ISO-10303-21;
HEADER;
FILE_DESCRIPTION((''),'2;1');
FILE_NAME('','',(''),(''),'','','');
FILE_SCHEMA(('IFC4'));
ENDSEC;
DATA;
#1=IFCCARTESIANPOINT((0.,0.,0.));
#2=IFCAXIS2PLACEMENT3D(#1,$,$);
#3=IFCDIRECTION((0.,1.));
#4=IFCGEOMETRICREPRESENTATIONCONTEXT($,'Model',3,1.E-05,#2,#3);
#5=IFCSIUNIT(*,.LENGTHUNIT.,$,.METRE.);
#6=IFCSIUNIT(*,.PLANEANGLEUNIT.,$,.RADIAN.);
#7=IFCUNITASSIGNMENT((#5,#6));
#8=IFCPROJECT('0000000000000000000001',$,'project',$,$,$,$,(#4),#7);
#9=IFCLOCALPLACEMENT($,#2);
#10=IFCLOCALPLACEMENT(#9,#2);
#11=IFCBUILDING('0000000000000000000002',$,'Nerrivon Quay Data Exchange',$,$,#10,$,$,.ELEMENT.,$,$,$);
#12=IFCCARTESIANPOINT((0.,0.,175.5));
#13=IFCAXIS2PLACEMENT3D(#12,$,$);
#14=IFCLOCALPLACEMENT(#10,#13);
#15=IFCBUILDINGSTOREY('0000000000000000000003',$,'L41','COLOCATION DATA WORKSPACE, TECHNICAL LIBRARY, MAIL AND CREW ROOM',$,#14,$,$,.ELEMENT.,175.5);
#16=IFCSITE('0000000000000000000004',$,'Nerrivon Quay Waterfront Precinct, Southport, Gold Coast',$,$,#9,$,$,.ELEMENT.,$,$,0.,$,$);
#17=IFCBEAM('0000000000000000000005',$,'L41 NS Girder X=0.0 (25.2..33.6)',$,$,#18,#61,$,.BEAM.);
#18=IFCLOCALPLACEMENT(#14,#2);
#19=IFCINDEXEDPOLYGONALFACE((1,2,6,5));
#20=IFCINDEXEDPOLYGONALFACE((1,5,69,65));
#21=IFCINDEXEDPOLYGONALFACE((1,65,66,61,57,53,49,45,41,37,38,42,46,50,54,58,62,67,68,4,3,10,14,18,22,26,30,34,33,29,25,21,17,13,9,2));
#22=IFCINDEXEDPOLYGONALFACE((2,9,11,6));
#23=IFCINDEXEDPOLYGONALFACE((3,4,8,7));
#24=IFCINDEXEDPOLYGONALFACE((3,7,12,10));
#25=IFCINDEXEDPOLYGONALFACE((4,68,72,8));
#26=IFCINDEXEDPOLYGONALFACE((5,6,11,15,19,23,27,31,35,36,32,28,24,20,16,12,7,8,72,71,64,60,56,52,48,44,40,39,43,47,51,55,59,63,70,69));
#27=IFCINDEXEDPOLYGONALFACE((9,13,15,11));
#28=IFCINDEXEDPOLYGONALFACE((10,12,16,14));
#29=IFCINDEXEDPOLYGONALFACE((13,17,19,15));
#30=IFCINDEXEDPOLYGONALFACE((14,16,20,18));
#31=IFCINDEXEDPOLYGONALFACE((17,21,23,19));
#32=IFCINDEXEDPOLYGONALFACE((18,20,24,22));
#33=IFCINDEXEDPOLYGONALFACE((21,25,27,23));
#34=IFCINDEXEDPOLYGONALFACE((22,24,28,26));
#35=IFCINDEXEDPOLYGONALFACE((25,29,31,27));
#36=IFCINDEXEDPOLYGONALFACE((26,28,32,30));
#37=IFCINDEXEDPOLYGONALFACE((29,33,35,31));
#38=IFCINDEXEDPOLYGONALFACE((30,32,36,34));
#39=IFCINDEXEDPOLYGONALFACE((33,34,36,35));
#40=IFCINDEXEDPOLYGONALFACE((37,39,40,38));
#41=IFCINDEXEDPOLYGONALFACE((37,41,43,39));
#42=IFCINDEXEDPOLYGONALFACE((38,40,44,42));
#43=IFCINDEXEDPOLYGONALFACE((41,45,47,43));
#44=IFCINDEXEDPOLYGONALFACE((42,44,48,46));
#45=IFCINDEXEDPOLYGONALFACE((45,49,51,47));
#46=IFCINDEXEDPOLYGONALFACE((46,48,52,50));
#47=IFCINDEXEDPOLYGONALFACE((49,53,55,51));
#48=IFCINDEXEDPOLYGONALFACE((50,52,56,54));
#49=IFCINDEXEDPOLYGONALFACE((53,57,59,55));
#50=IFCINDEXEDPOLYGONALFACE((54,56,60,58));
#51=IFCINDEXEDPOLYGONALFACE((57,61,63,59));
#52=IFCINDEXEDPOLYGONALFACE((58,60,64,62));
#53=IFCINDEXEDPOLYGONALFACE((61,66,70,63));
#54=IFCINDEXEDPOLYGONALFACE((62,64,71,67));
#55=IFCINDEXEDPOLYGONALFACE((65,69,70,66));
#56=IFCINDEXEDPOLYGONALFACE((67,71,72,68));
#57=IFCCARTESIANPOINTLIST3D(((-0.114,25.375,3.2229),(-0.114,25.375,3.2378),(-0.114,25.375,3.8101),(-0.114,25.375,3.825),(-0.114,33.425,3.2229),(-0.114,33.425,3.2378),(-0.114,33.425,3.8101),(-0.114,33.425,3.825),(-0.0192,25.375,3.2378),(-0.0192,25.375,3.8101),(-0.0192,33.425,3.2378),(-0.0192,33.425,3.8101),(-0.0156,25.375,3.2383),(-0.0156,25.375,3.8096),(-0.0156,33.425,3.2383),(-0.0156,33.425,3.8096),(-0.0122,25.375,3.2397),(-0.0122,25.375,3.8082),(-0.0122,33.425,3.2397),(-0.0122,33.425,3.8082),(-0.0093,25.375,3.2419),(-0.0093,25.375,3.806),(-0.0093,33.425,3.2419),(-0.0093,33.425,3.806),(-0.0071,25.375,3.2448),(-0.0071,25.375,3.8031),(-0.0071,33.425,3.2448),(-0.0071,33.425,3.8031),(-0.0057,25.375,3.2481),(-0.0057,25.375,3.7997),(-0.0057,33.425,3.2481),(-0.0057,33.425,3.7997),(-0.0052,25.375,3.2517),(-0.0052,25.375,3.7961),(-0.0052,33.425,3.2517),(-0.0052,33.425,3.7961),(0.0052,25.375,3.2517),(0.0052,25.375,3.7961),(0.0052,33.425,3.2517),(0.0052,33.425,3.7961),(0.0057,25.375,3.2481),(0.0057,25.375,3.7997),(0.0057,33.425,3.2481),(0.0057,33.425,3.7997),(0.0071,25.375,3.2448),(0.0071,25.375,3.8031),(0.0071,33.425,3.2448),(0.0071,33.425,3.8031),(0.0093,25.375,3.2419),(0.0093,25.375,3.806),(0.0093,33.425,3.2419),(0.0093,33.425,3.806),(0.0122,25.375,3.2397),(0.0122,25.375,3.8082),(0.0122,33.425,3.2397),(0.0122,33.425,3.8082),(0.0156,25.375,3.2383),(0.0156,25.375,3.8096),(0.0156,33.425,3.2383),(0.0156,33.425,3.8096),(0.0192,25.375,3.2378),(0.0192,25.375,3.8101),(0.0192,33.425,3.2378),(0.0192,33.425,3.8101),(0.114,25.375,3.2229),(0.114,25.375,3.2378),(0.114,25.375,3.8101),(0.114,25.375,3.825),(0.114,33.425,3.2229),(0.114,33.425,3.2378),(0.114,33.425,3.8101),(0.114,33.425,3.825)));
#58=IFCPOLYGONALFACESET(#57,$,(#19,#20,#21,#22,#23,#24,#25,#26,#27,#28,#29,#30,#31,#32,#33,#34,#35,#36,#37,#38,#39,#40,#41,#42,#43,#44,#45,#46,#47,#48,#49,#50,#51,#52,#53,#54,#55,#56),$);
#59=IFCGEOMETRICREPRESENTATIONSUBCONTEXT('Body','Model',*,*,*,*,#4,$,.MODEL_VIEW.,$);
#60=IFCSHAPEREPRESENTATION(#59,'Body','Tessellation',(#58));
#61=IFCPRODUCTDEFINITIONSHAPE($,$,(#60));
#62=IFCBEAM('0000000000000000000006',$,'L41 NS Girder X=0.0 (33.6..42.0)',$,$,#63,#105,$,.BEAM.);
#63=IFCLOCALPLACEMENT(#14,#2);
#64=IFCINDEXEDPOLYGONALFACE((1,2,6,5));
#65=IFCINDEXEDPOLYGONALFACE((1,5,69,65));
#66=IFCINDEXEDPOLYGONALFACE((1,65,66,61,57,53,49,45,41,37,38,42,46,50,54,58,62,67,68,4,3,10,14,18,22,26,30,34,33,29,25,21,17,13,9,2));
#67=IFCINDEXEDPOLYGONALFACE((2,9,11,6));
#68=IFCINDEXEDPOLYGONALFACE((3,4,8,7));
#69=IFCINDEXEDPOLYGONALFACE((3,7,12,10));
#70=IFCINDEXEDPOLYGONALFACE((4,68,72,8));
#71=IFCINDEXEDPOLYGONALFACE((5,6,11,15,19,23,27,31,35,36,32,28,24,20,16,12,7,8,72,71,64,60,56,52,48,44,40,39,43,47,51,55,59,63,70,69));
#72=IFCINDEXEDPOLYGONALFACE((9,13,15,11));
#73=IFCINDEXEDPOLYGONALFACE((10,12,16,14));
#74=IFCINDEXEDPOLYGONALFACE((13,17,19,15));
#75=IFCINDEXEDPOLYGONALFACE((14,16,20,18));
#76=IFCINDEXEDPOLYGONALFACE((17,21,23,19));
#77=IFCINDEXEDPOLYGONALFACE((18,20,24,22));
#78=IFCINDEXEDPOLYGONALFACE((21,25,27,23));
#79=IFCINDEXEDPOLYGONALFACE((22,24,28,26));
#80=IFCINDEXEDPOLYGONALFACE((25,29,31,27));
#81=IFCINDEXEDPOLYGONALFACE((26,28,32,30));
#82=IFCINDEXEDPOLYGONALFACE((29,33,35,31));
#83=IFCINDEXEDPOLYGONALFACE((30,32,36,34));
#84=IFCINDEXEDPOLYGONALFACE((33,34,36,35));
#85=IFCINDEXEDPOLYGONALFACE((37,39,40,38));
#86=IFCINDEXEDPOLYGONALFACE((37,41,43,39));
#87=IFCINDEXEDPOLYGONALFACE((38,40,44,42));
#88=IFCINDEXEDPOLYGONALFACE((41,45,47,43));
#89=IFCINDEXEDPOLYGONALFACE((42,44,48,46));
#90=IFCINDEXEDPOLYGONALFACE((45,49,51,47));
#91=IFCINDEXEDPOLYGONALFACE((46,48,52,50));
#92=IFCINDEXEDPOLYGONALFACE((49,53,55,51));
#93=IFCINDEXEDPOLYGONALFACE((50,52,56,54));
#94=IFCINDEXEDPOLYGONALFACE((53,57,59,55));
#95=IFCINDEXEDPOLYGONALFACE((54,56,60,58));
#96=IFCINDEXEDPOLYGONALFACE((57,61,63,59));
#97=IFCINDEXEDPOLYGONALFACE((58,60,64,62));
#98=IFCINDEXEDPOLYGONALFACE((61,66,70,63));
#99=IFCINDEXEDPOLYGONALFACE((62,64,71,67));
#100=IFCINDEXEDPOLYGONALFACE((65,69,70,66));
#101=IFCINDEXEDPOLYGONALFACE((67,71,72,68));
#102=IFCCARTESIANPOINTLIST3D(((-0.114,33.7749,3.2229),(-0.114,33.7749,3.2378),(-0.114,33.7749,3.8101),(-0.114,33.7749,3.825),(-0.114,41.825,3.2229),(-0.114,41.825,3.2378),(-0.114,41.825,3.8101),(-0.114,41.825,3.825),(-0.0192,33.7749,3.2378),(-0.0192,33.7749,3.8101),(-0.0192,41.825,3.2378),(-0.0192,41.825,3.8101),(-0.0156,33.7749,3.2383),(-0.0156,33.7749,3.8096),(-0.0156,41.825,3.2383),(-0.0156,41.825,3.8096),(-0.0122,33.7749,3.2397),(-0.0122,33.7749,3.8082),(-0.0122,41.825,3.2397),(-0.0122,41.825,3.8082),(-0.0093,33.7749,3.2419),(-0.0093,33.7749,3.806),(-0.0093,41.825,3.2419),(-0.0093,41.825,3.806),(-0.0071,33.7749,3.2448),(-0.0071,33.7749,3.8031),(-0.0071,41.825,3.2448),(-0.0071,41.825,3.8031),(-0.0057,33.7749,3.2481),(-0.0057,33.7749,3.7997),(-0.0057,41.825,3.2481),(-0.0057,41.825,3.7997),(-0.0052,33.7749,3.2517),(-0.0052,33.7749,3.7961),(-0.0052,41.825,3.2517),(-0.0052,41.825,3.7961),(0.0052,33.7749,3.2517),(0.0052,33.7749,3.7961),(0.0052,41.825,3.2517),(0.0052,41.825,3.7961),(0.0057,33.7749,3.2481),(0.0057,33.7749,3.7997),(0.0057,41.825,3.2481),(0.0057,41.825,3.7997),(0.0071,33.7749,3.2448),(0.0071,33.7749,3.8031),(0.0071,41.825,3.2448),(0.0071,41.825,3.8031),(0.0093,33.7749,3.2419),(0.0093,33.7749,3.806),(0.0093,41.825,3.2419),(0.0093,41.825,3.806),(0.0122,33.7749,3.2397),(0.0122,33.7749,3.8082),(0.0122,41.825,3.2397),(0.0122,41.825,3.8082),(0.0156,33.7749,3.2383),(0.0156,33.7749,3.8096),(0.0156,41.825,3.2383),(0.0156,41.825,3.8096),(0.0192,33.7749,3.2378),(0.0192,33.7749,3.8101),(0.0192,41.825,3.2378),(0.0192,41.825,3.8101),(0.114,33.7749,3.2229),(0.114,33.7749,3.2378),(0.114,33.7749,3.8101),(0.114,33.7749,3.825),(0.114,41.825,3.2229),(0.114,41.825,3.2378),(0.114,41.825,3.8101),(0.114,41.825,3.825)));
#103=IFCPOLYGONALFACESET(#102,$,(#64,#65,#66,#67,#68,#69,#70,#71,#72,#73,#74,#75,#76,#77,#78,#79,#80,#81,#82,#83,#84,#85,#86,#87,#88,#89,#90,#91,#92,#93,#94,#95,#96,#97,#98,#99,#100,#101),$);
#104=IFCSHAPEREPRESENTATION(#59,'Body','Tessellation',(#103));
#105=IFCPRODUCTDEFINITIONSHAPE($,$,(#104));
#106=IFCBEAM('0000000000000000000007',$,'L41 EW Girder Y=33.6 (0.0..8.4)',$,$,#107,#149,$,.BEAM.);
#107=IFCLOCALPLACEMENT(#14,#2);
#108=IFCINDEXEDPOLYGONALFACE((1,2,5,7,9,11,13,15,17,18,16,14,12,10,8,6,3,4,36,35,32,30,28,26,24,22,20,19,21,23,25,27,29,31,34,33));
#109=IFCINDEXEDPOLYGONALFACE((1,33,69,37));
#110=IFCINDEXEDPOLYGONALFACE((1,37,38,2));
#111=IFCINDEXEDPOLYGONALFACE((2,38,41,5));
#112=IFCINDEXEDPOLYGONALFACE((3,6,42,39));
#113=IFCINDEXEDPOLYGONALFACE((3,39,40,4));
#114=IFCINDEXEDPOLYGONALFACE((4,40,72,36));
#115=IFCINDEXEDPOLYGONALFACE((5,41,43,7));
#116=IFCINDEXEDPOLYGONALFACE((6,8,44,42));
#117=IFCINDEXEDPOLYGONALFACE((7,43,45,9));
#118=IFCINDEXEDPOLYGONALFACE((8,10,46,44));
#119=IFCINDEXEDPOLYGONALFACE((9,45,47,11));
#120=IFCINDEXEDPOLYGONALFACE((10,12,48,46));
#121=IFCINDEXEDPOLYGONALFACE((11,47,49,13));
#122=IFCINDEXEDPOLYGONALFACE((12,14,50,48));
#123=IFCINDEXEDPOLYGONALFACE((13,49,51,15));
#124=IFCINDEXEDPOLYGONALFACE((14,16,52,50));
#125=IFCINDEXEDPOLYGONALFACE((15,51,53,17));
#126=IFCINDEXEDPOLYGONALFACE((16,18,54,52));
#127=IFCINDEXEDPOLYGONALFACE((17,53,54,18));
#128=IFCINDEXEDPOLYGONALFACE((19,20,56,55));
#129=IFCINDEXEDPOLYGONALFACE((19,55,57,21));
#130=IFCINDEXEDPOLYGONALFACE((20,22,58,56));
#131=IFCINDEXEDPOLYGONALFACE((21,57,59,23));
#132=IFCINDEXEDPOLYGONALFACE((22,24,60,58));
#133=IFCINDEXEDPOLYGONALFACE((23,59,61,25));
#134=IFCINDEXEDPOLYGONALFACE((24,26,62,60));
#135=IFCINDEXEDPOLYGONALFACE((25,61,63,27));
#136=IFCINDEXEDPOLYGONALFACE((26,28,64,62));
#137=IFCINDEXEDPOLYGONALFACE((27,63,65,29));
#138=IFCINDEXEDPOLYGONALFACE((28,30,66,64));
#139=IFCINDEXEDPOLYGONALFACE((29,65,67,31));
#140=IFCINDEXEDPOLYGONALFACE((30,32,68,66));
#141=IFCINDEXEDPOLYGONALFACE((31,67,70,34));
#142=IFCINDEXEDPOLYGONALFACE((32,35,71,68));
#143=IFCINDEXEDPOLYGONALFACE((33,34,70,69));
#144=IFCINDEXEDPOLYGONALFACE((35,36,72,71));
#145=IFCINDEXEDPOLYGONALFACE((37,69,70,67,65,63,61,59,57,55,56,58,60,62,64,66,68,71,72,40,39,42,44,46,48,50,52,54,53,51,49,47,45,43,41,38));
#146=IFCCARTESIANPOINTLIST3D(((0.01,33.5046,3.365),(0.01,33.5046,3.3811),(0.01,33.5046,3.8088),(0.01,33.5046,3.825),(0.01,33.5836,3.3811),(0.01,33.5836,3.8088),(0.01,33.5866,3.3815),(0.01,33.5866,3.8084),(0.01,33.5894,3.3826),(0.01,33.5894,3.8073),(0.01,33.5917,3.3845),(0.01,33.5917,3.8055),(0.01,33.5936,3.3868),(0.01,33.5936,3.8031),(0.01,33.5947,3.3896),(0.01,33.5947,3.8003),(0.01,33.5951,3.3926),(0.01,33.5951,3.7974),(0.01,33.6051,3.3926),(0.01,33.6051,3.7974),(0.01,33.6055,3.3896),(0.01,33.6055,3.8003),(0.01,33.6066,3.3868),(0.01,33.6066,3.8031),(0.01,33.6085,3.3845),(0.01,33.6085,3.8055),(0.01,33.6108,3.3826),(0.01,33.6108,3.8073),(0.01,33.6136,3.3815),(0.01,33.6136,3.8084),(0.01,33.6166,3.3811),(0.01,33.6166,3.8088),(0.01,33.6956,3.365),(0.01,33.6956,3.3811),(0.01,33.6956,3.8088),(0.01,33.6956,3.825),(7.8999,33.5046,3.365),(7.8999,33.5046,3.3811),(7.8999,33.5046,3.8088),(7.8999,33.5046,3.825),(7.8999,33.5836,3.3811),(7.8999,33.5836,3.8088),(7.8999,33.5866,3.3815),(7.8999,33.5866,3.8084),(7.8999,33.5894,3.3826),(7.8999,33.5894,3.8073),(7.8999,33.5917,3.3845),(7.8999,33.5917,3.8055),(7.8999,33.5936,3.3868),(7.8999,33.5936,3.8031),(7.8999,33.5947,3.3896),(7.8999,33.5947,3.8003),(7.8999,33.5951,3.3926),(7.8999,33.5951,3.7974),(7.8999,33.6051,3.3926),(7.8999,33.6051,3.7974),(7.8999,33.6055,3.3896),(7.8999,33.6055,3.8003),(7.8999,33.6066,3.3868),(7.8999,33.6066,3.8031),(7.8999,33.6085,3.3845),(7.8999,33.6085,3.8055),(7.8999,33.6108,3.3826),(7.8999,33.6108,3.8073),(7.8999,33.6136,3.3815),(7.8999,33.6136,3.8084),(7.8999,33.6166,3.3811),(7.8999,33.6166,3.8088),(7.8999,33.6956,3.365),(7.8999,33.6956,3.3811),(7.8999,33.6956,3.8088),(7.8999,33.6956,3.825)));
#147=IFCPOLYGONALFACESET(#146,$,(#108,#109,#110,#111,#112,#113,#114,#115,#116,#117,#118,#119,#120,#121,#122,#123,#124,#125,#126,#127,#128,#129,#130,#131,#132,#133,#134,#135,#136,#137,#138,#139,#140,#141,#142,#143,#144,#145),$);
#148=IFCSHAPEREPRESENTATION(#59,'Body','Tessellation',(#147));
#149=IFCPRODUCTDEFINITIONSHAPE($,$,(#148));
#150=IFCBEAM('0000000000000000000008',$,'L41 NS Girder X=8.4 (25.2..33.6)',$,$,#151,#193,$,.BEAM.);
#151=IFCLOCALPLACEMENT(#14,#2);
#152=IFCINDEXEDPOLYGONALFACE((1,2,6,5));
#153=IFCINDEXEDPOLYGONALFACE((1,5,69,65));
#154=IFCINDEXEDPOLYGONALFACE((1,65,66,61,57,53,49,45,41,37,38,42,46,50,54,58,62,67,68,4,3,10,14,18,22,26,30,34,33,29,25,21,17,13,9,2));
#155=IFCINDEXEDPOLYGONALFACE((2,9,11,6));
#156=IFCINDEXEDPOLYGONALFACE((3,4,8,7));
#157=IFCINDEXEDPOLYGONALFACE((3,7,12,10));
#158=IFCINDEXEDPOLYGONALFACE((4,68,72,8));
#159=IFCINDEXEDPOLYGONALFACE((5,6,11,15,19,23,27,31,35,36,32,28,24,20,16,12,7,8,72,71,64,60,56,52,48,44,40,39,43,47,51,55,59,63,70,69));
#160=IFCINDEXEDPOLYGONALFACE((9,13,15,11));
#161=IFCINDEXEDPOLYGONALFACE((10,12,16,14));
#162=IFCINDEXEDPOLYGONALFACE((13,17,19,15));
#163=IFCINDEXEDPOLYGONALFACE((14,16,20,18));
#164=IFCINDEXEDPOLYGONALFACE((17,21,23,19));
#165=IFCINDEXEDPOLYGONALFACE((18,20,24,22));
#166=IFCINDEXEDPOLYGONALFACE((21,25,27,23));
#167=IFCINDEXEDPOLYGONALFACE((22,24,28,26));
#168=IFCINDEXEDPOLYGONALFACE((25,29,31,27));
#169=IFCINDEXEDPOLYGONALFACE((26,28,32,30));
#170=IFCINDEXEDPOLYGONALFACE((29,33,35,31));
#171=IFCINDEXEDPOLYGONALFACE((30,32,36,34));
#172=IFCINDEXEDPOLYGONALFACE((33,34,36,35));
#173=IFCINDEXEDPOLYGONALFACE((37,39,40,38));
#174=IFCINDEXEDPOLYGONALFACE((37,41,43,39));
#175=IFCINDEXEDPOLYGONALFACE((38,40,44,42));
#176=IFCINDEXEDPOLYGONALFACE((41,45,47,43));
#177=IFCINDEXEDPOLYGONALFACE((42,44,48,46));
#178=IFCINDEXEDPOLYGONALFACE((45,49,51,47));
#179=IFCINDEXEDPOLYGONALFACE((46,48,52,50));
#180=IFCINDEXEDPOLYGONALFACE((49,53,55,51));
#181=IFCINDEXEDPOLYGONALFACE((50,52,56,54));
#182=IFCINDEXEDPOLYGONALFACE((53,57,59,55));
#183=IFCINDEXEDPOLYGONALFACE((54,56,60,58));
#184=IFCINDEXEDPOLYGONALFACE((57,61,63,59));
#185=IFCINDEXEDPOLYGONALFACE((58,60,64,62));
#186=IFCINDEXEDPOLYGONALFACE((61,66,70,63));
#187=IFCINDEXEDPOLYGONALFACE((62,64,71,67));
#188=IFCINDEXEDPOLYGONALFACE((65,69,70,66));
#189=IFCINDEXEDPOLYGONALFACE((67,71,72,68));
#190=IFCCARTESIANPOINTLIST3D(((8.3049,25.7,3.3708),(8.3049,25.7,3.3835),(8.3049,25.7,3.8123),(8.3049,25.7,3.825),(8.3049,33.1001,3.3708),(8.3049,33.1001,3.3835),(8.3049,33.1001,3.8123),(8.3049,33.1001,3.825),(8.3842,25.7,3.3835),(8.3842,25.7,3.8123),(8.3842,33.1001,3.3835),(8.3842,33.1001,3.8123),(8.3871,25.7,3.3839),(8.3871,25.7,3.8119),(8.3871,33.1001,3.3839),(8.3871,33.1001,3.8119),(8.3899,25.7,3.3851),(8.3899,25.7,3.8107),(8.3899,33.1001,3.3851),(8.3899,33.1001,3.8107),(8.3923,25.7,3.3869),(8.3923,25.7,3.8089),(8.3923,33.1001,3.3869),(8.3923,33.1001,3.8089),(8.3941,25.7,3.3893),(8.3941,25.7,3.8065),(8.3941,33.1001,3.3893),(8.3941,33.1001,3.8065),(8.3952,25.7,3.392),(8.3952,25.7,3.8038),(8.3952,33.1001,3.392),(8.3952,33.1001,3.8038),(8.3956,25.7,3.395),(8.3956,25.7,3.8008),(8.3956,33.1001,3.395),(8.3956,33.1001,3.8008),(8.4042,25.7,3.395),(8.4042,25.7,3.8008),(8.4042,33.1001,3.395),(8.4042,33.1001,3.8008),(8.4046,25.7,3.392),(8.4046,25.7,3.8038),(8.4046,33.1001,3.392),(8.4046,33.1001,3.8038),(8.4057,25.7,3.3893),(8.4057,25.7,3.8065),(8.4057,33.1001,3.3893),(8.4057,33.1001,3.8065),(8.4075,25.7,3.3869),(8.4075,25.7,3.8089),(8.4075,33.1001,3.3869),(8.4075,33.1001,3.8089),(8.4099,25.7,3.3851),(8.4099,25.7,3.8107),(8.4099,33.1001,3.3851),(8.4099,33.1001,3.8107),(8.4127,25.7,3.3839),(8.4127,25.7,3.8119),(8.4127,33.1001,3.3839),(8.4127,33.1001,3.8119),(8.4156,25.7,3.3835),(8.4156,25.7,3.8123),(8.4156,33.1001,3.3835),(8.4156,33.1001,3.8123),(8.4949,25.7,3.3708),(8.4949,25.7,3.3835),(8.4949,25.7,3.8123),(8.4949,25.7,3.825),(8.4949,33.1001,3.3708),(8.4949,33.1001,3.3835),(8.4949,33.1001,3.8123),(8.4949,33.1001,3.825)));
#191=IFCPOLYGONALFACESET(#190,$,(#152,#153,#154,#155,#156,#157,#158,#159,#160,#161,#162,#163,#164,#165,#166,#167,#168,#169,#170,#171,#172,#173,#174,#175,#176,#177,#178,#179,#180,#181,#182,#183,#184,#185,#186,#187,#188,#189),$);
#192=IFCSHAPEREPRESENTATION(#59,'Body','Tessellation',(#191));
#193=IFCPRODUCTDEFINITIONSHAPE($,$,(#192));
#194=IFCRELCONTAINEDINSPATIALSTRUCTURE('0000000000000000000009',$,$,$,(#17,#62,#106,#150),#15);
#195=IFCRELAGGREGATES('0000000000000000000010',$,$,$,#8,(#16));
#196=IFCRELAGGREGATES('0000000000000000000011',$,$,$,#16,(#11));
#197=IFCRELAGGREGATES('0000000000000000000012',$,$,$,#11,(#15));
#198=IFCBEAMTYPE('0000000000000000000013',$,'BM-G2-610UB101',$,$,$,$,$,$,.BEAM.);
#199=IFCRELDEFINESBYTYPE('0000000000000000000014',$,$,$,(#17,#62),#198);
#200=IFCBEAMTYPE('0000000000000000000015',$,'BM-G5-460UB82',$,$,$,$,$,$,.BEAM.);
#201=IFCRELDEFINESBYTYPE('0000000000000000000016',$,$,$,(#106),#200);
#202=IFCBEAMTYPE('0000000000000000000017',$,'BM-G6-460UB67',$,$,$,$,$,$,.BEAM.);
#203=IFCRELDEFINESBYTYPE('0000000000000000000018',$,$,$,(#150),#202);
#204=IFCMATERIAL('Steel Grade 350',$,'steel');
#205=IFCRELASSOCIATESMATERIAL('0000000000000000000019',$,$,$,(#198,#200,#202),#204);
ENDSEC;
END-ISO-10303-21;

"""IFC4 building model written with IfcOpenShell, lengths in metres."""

from ifc_helpers import new_model, si_unit, direction, frame, origin, origin_2d, place, context, subcontext, project, spatial, i_section, extrude, material, material_profile, profile_set, type_object, element, save


model = new_model("IFC4")

# Units and contexts
model_context = context("Model", 3, precision=1e-05, world=origin(), true_north=direction((0.0, 1.0)))
body_context = subcontext(model_context, "Body", "Model", "MODEL_VIEW")
ifc_project = project(units=[si_unit("LENGTHUNIT", "METRE"), si_unit("PLANEANGLEUNIT", "RADIAN")], contexts=[model_context])

# Site, building, storey
site_placement = place(None, origin())
site = spatial("IfcSite", under=ifc_project, at=site_placement, Name="Nerrivon Quay Waterfront Precinct, Southport, Gold Coast", CompositionType="ELEMENT", RefElevation=0.0)
building_placement = place(site_placement, origin())
building = spatial("IfcBuilding", under=site, at=building_placement, Name="Nerrivon Quay Data Exchange", CompositionType="ELEMENT")
storey_placement = place(building_placement, frame((0.0, 0.0, 175.5)))
storey = spatial("IfcBuildingStorey", under=building, at=storey_placement, Name="L41", Description="COLOCATION DATA WORKSPACE, TECHNICAL LIBRARY, MAIL AND CREW ROOM", CompositionType="ELEMENT", Elevation=175.5)

# Shared definitions
ifc_material_1 = material(Name="Steel Grade 350", Category="steel")

# Beams
ifc_material_profile_1 = material_profile(ifc_material_1, i_section(OverallWidth=0.228, OverallDepth=0.6021, WebThickness=0.0105, FlangeThickness=0.0149, FilletRadius=0.0139, at=origin_2d()), Name="610UB101")
ifc_profile_set_1 = profile_set([ifc_material_profile_1], Name="Steel Grade 350")
beam_type_1 = type_object("IfcBeamType", Name="BM-G2-610UB101", PredefinedType="BEAM", material=ifc_profile_set_1)
for number, where, z_axis, x_axis, name in (
    (1, (0.0, 25.375, 3.5239), (0.0, 1.0, 0.0), (-1.0, 0.0, 0.0), "L41 NS Girder X=0.0 (25.2..33.6)"),
    (2, (0.0, 33.7749, 3.5239), (0.0, 1.0, 0.0), (-1.0, 0.0, 0.0), "L41 NS Girder X=0.0 (33.6..42.0)"),
):
    element("IfcBeam", number, at=place(storey_placement, frame(where, z_axis=z_axis, x_axis=x_axis)), inside=storey, type_object=beam_type_1, Name=name, PredefinedType="BEAM", context=body_context, shape_type="SweptSolid", body=[
        extrude(i_section(OverallWidth=0.228, OverallDepth=0.6021, WebThickness=0.0105, FlangeThickness=0.0149, FilletRadius=0.0139, at=origin_2d()), origin(), (0.0, 0.0, 1.0), 8.05),
    ])
ifc_material_profile_2 = material_profile(ifc_material_1, i_section(OverallWidth=0.1909, OverallDepth=0.46, WebThickness=0.01, FlangeThickness=0.0161, FilletRadius=0.0115, at=origin_2d()), Name="460UB82.1")
ifc_profile_set_2 = profile_set([ifc_material_profile_2], Name="Steel Grade 350")
beam_type_2 = type_object("IfcBeamType", Name="BM-G5-460UB82", PredefinedType="BEAM", material=ifc_profile_set_2)
beam_1_placement = place(storey_placement, frame((0.01, 33.6001, 3.595), z_axis=(1.0, 0.0, 0.0), x_axis=(0.0, 1.0, 0.0)))
element("IfcBeam", 3, at=beam_1_placement, inside=storey, type_object=beam_type_2, Name="L41 EW Girder Y=33.6 (0.0..8.4)", PredefinedType="BEAM", context=body_context, shape_type="SweptSolid", body=[
    extrude(i_section(OverallWidth=0.1909, OverallDepth=0.46, WebThickness=0.01, FlangeThickness=0.0161, FilletRadius=0.0115, at=origin_2d()), origin(), (0.0, 0.0, 1.0), 7.8899),
])
ifc_material_profile_3 = material_profile(ifc_material_1, i_section(OverallWidth=0.1899, OverallDepth=0.4541, WebThickness=0.0085, FlangeThickness=0.0127, FilletRadius=0.0115, at=origin_2d()), Name="460UB67.1")
ifc_profile_set_3 = profile_set([ifc_material_profile_3], Name="Steel Grade 350")
beam_type_3 = type_object("IfcBeamType", Name="BM-G6-460UB67", PredefinedType="BEAM", material=ifc_profile_set_3)
beam_2_placement = place(storey_placement, frame((8.3999, 25.7, 3.5979), z_axis=(0.0, 1.0, 0.0), x_axis=(-1.0, 0.0, 0.0)))
element("IfcBeam", 4, at=beam_2_placement, inside=storey, type_object=beam_type_3, Name="L41 NS Girder X=8.4 (25.2..33.6)", PredefinedType="BEAM", context=body_context, shape_type="SweptSolid", body=[
    extrude(i_section(OverallWidth=0.1899, OverallDepth=0.4541, WebThickness=0.0085, FlangeThickness=0.0127, FilletRadius=0.0115, at=origin_2d()), origin(), (0.0, 0.0, 1.0), 7.4001),
])

save(model, "model.ifc")
